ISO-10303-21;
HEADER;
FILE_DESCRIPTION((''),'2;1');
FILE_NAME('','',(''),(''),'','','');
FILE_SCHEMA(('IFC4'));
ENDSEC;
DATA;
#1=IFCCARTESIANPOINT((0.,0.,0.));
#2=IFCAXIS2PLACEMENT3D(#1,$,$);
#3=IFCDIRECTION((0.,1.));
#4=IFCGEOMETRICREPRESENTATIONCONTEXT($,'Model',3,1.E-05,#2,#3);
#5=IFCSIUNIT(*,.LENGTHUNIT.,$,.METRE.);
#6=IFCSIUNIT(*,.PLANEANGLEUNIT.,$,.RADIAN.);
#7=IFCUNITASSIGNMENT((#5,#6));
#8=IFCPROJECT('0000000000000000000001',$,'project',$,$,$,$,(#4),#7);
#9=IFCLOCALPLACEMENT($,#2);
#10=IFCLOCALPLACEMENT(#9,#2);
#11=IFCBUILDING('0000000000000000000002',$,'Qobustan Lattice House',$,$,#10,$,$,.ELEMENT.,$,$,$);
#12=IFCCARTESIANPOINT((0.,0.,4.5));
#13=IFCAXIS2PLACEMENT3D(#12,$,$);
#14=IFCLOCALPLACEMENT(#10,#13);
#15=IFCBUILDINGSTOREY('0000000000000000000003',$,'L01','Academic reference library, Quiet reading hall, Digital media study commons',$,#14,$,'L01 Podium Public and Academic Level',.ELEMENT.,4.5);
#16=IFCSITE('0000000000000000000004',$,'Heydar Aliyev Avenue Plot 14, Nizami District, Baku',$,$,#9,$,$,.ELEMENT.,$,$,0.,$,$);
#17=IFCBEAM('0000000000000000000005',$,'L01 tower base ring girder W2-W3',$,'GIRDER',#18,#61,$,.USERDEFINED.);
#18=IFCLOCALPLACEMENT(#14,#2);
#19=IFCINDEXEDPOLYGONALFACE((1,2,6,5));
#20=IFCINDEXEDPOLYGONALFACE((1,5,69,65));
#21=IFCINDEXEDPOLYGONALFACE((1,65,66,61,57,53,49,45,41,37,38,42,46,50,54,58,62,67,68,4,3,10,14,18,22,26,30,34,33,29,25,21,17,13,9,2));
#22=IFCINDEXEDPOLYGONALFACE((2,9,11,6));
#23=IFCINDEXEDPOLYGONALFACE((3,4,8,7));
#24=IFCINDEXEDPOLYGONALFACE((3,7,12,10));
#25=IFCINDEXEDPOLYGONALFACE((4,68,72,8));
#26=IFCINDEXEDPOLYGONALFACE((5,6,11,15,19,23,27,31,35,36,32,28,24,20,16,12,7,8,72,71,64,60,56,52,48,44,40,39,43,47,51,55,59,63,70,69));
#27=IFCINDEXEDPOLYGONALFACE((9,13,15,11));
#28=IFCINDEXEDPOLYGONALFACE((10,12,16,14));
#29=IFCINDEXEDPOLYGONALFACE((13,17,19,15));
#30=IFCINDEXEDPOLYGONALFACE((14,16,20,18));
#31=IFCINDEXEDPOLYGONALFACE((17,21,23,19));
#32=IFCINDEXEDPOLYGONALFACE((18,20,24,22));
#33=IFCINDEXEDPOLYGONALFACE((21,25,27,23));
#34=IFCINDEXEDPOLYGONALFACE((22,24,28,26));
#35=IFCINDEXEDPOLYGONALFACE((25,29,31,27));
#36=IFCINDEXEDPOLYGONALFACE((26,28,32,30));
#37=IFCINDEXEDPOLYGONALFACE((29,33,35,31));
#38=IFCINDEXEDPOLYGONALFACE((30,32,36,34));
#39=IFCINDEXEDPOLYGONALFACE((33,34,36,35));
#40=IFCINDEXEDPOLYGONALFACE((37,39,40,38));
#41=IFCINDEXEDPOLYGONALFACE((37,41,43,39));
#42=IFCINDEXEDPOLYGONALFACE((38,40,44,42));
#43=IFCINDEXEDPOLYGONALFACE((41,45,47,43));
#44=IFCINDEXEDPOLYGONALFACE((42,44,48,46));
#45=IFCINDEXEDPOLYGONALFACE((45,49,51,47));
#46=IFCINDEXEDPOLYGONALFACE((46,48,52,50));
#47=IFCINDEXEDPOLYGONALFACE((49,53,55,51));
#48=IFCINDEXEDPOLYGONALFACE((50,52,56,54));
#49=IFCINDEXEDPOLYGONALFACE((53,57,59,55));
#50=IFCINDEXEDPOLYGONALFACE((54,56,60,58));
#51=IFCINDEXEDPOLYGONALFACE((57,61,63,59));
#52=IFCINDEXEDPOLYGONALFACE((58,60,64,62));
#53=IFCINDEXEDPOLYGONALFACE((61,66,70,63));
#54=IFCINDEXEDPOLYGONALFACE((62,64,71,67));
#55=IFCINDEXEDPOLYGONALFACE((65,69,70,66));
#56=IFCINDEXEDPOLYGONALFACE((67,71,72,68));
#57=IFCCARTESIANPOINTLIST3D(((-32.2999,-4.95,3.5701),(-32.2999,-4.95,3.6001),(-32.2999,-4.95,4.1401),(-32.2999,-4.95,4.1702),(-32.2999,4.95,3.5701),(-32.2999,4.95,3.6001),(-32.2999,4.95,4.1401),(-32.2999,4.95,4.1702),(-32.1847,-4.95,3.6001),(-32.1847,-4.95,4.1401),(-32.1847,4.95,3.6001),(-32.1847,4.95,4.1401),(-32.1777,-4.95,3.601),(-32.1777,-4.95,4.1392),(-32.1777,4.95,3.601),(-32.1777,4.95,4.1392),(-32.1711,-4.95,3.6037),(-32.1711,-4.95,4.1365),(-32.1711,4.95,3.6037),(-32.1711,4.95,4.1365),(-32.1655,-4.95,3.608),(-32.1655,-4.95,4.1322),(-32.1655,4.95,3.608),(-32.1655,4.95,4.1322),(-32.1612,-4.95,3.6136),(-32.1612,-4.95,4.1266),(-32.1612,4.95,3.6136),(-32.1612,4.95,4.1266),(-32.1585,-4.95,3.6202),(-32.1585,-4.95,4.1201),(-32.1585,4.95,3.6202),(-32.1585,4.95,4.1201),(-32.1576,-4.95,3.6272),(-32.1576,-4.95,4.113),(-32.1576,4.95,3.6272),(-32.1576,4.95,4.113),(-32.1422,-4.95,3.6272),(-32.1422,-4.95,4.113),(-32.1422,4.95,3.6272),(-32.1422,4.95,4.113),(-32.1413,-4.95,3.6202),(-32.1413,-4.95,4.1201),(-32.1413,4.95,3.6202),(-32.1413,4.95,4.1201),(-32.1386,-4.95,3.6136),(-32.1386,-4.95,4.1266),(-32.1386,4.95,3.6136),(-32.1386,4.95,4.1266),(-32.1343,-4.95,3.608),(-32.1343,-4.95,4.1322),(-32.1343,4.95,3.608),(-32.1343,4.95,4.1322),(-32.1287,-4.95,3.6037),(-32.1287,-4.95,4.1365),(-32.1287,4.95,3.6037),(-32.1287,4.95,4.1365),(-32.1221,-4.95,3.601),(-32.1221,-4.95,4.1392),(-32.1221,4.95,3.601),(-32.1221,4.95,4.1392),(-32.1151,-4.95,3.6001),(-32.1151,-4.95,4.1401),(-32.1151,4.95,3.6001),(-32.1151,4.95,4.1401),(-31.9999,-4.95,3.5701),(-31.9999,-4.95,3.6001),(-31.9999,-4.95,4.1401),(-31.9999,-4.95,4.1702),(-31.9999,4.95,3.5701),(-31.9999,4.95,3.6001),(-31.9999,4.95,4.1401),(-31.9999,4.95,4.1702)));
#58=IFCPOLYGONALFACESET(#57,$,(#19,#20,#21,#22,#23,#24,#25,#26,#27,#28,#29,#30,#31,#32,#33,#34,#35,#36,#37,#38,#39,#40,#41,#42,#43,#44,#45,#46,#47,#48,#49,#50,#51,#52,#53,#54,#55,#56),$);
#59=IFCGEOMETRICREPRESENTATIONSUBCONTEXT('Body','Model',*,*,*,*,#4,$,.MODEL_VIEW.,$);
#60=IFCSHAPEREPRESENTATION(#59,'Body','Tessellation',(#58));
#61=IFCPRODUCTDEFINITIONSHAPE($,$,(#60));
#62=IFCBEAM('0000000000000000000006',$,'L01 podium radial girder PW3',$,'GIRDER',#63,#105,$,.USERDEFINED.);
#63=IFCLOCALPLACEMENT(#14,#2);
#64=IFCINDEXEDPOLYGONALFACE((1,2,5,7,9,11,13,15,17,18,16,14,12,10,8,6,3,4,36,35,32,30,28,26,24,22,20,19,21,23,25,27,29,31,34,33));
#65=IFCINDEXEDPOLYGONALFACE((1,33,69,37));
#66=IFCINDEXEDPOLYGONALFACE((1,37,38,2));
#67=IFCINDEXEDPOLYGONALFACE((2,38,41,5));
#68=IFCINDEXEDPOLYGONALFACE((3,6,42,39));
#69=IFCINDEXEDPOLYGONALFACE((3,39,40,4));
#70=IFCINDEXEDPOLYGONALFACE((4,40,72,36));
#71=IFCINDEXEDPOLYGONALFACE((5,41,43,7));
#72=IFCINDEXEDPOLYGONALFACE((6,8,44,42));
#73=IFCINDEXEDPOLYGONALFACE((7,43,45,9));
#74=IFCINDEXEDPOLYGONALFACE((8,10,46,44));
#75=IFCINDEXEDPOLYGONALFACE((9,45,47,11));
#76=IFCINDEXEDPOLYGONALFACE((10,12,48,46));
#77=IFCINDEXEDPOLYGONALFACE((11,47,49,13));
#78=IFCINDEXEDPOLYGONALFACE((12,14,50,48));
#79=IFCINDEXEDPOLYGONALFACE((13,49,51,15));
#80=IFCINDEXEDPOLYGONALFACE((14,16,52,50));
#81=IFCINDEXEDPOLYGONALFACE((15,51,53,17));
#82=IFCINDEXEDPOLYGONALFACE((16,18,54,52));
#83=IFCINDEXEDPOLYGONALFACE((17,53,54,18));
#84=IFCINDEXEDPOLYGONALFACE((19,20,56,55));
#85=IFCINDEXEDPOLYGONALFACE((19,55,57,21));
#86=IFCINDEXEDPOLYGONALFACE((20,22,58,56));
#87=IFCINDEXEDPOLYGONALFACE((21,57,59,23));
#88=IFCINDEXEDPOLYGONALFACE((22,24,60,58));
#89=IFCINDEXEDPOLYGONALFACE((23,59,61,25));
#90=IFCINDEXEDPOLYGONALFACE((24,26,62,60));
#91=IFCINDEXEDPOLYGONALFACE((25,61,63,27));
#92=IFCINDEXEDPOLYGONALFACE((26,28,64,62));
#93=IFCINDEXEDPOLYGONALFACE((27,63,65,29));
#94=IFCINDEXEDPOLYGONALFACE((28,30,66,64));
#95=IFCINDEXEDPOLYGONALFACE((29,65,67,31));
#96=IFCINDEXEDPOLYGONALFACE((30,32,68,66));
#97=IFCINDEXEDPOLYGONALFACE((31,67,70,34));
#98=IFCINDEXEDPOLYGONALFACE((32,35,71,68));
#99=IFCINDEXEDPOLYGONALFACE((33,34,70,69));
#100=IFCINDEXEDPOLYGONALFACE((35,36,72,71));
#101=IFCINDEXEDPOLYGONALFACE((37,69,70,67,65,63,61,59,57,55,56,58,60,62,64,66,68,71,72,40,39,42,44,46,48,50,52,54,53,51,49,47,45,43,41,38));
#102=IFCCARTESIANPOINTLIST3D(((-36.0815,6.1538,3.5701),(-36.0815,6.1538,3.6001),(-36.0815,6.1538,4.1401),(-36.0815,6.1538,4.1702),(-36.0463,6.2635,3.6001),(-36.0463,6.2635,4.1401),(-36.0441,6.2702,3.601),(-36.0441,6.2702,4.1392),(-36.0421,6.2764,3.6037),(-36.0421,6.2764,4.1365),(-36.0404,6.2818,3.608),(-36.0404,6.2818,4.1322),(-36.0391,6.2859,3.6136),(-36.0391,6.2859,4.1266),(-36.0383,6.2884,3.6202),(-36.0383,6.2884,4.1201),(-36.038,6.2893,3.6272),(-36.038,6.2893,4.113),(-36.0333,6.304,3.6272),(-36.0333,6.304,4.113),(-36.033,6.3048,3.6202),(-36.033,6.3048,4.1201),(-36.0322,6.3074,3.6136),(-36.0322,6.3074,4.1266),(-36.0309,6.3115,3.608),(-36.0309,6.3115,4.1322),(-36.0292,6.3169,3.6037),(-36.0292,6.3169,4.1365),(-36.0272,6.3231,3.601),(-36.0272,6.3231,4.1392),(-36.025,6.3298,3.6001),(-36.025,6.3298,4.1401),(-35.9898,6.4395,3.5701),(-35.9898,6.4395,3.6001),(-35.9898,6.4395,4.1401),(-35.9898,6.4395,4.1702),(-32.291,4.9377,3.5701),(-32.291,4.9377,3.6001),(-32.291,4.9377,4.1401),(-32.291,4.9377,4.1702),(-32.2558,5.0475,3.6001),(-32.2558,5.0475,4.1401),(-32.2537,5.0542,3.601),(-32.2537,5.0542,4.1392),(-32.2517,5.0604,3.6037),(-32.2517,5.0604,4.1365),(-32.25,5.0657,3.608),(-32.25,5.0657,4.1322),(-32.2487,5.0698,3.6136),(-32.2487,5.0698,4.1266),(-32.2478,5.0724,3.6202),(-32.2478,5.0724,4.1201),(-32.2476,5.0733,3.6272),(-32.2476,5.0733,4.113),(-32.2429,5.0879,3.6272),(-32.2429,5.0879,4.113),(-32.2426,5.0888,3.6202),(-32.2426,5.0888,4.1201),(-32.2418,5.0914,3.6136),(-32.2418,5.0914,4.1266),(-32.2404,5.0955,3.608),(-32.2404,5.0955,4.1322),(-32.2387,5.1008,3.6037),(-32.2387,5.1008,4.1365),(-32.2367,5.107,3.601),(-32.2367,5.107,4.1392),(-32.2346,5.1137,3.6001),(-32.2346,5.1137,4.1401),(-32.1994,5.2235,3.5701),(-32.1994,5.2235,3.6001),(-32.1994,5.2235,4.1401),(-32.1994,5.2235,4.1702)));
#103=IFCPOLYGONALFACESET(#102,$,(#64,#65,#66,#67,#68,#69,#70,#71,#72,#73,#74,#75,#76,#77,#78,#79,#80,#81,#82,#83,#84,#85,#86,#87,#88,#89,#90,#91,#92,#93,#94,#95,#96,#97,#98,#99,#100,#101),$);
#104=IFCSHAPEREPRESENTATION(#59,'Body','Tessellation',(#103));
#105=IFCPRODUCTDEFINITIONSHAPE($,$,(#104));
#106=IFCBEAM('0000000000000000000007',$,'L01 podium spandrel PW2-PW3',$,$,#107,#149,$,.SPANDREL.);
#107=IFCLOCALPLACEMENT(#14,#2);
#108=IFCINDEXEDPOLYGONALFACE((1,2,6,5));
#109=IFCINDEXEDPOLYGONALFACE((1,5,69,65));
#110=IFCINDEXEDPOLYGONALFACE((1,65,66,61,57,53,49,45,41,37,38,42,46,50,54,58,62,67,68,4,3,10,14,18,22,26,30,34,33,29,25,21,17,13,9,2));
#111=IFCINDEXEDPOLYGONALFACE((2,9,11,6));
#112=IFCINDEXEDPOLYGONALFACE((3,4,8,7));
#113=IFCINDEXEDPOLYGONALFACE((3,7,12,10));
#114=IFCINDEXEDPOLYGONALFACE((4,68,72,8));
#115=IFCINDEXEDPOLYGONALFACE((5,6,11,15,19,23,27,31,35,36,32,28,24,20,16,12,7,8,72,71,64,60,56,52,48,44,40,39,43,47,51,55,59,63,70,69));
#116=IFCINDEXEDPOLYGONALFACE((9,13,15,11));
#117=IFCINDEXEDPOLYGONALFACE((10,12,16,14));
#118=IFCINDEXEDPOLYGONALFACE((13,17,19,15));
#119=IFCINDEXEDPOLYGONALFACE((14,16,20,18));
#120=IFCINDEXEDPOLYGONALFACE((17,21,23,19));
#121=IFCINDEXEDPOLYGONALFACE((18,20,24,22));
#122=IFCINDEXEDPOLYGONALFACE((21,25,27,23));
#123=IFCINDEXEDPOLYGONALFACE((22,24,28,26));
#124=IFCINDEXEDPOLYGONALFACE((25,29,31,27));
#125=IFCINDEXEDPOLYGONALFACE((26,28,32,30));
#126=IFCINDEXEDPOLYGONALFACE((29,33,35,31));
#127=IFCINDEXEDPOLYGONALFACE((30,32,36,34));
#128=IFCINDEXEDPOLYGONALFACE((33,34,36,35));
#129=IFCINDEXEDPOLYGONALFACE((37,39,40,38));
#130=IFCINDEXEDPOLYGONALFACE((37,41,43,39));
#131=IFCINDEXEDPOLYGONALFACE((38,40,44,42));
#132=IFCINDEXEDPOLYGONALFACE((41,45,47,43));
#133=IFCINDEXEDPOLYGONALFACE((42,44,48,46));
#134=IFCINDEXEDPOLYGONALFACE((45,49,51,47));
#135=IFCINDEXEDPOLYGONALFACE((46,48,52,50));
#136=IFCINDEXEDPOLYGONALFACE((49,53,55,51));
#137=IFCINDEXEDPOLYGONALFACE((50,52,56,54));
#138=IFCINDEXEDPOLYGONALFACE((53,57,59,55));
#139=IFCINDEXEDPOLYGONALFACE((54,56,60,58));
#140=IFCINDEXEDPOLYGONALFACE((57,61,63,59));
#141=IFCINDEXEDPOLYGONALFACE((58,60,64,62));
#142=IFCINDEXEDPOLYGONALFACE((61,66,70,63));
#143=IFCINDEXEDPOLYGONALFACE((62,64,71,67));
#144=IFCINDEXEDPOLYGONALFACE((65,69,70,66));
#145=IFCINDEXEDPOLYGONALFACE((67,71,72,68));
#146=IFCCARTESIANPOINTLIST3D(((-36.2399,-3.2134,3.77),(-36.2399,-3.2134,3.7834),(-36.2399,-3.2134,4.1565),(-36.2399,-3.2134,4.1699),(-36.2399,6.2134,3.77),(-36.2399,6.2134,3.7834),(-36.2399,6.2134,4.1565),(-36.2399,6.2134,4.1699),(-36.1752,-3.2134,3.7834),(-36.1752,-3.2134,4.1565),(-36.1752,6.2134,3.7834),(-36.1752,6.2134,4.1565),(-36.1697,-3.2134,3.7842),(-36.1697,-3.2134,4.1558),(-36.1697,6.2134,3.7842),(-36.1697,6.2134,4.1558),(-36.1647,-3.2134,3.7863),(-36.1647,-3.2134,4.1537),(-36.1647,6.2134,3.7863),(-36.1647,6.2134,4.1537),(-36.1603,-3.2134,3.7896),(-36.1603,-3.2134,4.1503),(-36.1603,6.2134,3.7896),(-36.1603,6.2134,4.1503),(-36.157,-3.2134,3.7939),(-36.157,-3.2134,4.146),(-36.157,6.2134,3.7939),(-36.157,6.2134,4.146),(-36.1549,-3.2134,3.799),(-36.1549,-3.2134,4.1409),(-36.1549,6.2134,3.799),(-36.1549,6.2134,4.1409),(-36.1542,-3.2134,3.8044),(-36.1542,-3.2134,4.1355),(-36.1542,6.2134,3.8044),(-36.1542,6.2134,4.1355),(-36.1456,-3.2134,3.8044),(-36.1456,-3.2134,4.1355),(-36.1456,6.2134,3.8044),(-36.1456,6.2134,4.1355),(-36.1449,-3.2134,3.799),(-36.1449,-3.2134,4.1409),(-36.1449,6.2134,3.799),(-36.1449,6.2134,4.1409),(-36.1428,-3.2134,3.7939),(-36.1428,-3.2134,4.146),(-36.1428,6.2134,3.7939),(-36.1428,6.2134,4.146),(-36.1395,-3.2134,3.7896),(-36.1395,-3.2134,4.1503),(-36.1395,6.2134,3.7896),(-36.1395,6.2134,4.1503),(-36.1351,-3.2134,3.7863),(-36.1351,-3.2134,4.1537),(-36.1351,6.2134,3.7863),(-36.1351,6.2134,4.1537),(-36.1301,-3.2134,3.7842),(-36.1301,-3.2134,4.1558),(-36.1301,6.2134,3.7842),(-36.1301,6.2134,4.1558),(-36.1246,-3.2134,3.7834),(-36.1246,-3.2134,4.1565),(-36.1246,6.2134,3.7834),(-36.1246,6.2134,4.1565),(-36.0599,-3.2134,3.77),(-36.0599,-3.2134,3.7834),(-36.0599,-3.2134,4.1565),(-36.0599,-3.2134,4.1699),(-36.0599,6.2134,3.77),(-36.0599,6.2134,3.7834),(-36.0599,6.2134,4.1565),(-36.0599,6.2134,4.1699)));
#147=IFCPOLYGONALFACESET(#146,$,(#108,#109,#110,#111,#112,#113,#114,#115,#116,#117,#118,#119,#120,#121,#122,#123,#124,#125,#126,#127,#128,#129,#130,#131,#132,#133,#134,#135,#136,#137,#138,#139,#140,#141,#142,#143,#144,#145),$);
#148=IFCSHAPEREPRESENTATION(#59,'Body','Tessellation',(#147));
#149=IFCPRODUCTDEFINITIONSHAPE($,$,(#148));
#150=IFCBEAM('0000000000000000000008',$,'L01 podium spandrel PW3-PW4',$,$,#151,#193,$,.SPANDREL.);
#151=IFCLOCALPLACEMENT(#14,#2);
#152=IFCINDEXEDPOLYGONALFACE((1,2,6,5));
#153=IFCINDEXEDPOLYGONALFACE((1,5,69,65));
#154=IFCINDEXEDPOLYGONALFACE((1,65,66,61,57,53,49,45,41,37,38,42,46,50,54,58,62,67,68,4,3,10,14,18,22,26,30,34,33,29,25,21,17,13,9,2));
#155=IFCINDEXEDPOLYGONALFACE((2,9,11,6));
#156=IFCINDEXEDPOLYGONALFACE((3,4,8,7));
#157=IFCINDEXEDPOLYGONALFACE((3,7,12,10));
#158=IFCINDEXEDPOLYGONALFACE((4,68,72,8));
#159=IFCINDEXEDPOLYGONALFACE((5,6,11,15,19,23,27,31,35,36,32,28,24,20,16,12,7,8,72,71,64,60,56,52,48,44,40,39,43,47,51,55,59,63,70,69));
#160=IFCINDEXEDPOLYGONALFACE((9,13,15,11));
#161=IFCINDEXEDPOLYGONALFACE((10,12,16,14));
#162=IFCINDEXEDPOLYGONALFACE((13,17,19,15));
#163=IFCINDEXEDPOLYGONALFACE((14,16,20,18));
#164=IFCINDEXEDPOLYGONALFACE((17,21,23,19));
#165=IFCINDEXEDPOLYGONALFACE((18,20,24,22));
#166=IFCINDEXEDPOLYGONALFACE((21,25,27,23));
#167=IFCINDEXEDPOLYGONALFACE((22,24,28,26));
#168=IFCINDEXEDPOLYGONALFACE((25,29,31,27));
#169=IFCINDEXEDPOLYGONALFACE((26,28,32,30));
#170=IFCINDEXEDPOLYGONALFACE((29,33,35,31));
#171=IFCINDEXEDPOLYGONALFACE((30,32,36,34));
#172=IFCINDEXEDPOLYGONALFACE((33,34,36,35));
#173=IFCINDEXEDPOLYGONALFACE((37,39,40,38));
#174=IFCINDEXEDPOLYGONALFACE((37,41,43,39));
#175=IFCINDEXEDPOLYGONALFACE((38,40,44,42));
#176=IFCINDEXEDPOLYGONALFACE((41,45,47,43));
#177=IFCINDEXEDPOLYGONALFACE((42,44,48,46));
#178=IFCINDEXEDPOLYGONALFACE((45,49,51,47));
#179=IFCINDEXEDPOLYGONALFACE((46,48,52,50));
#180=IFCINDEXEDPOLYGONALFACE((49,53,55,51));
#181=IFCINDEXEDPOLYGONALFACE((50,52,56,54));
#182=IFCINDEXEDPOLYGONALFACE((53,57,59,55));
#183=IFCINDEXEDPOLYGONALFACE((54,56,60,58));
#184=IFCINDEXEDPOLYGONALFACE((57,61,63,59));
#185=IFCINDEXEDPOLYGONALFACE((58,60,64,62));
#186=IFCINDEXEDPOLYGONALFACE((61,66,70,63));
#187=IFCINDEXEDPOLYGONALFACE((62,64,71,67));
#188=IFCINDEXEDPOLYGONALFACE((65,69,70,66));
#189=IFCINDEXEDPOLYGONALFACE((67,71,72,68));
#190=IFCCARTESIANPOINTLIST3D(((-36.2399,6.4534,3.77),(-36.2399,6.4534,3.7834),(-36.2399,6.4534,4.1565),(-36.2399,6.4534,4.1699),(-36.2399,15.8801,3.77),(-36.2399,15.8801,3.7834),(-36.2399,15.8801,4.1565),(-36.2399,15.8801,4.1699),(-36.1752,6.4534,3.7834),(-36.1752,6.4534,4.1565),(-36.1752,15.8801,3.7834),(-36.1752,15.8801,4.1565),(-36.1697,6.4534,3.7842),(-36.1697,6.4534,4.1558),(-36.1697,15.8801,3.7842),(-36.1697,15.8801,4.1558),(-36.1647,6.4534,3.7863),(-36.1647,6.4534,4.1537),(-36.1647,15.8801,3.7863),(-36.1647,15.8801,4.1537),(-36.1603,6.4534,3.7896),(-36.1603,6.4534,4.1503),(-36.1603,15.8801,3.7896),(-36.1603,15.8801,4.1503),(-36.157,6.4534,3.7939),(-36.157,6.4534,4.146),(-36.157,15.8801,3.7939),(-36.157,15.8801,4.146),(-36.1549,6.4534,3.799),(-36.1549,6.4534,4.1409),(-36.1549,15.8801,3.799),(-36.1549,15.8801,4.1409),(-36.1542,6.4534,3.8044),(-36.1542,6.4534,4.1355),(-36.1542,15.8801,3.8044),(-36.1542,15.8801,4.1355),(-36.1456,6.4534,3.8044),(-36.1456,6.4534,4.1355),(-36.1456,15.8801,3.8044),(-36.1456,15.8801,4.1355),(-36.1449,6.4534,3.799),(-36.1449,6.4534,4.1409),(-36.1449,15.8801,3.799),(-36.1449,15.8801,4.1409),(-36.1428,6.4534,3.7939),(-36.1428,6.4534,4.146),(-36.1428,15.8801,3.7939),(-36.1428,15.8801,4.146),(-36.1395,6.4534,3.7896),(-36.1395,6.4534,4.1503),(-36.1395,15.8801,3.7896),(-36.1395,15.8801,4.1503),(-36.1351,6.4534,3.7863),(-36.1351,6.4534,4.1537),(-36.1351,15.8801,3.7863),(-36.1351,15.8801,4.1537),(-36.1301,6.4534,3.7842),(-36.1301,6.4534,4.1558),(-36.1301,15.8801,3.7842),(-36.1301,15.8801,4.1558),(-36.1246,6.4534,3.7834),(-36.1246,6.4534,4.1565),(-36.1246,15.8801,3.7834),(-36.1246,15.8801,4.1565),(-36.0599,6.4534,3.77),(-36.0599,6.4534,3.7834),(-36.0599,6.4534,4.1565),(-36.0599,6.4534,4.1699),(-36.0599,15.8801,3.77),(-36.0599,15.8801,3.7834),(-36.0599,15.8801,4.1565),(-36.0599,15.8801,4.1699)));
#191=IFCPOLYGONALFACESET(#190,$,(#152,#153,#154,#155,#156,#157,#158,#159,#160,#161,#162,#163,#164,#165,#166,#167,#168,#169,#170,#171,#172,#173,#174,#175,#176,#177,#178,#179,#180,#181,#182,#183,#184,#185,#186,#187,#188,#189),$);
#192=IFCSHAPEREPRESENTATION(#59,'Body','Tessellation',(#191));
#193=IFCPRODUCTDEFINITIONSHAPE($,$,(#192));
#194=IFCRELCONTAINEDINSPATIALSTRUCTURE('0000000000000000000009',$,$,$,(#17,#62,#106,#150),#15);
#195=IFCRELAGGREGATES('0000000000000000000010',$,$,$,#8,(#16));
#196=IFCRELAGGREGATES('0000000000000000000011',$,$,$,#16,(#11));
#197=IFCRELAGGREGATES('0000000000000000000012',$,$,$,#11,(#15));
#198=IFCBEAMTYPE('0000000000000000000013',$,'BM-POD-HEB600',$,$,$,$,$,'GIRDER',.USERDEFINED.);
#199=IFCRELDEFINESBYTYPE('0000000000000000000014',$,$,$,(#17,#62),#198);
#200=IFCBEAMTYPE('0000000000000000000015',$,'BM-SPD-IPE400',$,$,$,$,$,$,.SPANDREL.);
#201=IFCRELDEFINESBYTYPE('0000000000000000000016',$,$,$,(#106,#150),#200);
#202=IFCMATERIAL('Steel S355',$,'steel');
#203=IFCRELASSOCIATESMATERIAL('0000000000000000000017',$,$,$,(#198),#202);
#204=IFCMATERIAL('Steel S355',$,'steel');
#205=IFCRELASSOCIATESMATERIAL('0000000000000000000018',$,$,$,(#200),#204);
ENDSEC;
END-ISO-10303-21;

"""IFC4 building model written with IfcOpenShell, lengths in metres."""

from ifc_helpers import new_model, si_unit, direction, frame, origin, origin_2d, place, context, subcontext, project, spatial, i_section, extrude, material, material_profile, profile_set, type_object, element, save


model = new_model("IFC4")

# Units and contexts
model_context = context("Model", 3, precision=1e-05, world=origin(), true_north=direction((0.0, 1.0)))
body_context = subcontext(model_context, "Body", "Model", "MODEL_VIEW")
ifc_project = project(units=[si_unit("LENGTHUNIT", "METRE"), si_unit("PLANEANGLEUNIT", "RADIAN")], contexts=[model_context])

# Site, building, storey
site_placement = place(None, origin())
site = spatial("IfcSite", under=ifc_project, at=site_placement, Name="Heydar Aliyev Avenue Plot 14, Nizami District, Baku", CompositionType="ELEMENT", RefElevation=0.0)
building_placement = place(site_placement, origin())
building = spatial("IfcBuilding", under=site, at=building_placement, Name="Qobustan Lattice House", CompositionType="ELEMENT")
storey_placement = place(building_placement, frame((0.0, 0.0, 4.5)))
storey = spatial("IfcBuildingStorey", under=building, at=storey_placement, Name="L01", Description="Academic reference library, Quiet reading hall, Digital media study commons", LongName="L01 Podium Public and Academic Level", CompositionType="ELEMENT", Elevation=4.5)

# Beams
ifc_material_1 = material(Name="Steel S355", Category="steel")
ifc_material_profile_1 = material_profile(ifc_material_1, i_section(OverallWidth=0.3, OverallDepth=0.6001, WebThickness=0.0154, FlangeThickness=0.03, FilletRadius=0.0271, at=origin_2d()), Name="HEB600")
ifc_profile_set_1 = profile_set([ifc_material_profile_1], Name="Steel S355")
beam_type_1 = type_object("IfcBeamType", Name="BM-POD-HEB600", ElementType="GIRDER", PredefinedType="USERDEFINED", material=ifc_profile_set_1)
beam_1_placement = place(storey_placement, frame((-32.1499, 4.95, 3.8701), z_axis=(0.0, -1.0, 0.0), x_axis=(1.0, 0.0, 0.0)))
element("IfcBeam", 1, at=beam_1_placement, inside=storey, type_object=beam_type_1, Name="L01 tower base ring girder W2-W3", ObjectType="GIRDER", PredefinedType="USERDEFINED", context=body_context, shape_type="SweptSolid", body=[
    extrude(i_section(OverallWidth=0.3, OverallDepth=0.6001, WebThickness=0.0154, FlangeThickness=0.03, FilletRadius=0.0271, at=origin_2d()), origin(), (0.0, 0.0, 1.0), 9.8999),
])
beam_2_placement = place(storey_placement, frame((-36.0356, 6.2966, 3.8701), z_axis=(0.952198, -0.305481, 0.0), x_axis=(0.305481, 0.952198, 0.0)))
element("IfcBeam", 2, at=beam_2_placement, inside=storey, type_object=beam_type_1, Name="L01 podium radial girder PW3", ObjectType="GIRDER", PredefinedType="USERDEFINED", context=body_context, shape_type="SweptSolid", body=[
    extrude(i_section(OverallWidth=0.3, OverallDepth=0.6001, WebThickness=0.0154, FlangeThickness=0.03, FilletRadius=0.0271, at=origin_2d()), origin(), (0.0, 0.0, 1.0), 3.9807),
])
ifc_material_2 = material(Name="Steel S355", Category="steel")
ifc_material_profile_2 = material_profile(ifc_material_2, i_section(OverallWidth=0.1799, OverallDepth=0.3999, WebThickness=0.0085, FlangeThickness=0.0134, FilletRadius=0.021, at=origin_2d()), Name="IPE400")
ifc_profile_set_2 = profile_set([ifc_material_profile_2], Name="Steel S355")
beam_type_2 = type_object("IfcBeamType", Name="BM-SPD-IPE400", PredefinedType="SPANDREL", material=ifc_profile_set_2)
for number, where, z_axis, x_axis, name in (
    (3, (-36.1499, -3.2134, 3.97), (0.0, 1.0, 0.0), (-1.0, 0.0, 0.0), "L01 podium spandrel PW2-PW3"),
    (4, (-36.1499, 6.4534, 3.97), (0.0, 1.0, 0.0), (-1.0, 0.0, 0.0), "L01 podium spandrel PW3-PW4"),
):
    element("IfcBeam", number, at=place(storey_placement, frame(where, z_axis=z_axis, x_axis=x_axis)), inside=storey, type_object=beam_type_2, Name=name, PredefinedType="SPANDREL", context=body_context, shape_type="SweptSolid", body=[
        extrude(i_section(OverallWidth=0.1799, OverallDepth=0.3999, WebThickness=0.0085, FlangeThickness=0.0134, FilletRadius=0.021, at=origin_2d()), origin(), (0.0, 0.0, 1.0), 9.4268),
    ])

save(model, "model.ifc")
